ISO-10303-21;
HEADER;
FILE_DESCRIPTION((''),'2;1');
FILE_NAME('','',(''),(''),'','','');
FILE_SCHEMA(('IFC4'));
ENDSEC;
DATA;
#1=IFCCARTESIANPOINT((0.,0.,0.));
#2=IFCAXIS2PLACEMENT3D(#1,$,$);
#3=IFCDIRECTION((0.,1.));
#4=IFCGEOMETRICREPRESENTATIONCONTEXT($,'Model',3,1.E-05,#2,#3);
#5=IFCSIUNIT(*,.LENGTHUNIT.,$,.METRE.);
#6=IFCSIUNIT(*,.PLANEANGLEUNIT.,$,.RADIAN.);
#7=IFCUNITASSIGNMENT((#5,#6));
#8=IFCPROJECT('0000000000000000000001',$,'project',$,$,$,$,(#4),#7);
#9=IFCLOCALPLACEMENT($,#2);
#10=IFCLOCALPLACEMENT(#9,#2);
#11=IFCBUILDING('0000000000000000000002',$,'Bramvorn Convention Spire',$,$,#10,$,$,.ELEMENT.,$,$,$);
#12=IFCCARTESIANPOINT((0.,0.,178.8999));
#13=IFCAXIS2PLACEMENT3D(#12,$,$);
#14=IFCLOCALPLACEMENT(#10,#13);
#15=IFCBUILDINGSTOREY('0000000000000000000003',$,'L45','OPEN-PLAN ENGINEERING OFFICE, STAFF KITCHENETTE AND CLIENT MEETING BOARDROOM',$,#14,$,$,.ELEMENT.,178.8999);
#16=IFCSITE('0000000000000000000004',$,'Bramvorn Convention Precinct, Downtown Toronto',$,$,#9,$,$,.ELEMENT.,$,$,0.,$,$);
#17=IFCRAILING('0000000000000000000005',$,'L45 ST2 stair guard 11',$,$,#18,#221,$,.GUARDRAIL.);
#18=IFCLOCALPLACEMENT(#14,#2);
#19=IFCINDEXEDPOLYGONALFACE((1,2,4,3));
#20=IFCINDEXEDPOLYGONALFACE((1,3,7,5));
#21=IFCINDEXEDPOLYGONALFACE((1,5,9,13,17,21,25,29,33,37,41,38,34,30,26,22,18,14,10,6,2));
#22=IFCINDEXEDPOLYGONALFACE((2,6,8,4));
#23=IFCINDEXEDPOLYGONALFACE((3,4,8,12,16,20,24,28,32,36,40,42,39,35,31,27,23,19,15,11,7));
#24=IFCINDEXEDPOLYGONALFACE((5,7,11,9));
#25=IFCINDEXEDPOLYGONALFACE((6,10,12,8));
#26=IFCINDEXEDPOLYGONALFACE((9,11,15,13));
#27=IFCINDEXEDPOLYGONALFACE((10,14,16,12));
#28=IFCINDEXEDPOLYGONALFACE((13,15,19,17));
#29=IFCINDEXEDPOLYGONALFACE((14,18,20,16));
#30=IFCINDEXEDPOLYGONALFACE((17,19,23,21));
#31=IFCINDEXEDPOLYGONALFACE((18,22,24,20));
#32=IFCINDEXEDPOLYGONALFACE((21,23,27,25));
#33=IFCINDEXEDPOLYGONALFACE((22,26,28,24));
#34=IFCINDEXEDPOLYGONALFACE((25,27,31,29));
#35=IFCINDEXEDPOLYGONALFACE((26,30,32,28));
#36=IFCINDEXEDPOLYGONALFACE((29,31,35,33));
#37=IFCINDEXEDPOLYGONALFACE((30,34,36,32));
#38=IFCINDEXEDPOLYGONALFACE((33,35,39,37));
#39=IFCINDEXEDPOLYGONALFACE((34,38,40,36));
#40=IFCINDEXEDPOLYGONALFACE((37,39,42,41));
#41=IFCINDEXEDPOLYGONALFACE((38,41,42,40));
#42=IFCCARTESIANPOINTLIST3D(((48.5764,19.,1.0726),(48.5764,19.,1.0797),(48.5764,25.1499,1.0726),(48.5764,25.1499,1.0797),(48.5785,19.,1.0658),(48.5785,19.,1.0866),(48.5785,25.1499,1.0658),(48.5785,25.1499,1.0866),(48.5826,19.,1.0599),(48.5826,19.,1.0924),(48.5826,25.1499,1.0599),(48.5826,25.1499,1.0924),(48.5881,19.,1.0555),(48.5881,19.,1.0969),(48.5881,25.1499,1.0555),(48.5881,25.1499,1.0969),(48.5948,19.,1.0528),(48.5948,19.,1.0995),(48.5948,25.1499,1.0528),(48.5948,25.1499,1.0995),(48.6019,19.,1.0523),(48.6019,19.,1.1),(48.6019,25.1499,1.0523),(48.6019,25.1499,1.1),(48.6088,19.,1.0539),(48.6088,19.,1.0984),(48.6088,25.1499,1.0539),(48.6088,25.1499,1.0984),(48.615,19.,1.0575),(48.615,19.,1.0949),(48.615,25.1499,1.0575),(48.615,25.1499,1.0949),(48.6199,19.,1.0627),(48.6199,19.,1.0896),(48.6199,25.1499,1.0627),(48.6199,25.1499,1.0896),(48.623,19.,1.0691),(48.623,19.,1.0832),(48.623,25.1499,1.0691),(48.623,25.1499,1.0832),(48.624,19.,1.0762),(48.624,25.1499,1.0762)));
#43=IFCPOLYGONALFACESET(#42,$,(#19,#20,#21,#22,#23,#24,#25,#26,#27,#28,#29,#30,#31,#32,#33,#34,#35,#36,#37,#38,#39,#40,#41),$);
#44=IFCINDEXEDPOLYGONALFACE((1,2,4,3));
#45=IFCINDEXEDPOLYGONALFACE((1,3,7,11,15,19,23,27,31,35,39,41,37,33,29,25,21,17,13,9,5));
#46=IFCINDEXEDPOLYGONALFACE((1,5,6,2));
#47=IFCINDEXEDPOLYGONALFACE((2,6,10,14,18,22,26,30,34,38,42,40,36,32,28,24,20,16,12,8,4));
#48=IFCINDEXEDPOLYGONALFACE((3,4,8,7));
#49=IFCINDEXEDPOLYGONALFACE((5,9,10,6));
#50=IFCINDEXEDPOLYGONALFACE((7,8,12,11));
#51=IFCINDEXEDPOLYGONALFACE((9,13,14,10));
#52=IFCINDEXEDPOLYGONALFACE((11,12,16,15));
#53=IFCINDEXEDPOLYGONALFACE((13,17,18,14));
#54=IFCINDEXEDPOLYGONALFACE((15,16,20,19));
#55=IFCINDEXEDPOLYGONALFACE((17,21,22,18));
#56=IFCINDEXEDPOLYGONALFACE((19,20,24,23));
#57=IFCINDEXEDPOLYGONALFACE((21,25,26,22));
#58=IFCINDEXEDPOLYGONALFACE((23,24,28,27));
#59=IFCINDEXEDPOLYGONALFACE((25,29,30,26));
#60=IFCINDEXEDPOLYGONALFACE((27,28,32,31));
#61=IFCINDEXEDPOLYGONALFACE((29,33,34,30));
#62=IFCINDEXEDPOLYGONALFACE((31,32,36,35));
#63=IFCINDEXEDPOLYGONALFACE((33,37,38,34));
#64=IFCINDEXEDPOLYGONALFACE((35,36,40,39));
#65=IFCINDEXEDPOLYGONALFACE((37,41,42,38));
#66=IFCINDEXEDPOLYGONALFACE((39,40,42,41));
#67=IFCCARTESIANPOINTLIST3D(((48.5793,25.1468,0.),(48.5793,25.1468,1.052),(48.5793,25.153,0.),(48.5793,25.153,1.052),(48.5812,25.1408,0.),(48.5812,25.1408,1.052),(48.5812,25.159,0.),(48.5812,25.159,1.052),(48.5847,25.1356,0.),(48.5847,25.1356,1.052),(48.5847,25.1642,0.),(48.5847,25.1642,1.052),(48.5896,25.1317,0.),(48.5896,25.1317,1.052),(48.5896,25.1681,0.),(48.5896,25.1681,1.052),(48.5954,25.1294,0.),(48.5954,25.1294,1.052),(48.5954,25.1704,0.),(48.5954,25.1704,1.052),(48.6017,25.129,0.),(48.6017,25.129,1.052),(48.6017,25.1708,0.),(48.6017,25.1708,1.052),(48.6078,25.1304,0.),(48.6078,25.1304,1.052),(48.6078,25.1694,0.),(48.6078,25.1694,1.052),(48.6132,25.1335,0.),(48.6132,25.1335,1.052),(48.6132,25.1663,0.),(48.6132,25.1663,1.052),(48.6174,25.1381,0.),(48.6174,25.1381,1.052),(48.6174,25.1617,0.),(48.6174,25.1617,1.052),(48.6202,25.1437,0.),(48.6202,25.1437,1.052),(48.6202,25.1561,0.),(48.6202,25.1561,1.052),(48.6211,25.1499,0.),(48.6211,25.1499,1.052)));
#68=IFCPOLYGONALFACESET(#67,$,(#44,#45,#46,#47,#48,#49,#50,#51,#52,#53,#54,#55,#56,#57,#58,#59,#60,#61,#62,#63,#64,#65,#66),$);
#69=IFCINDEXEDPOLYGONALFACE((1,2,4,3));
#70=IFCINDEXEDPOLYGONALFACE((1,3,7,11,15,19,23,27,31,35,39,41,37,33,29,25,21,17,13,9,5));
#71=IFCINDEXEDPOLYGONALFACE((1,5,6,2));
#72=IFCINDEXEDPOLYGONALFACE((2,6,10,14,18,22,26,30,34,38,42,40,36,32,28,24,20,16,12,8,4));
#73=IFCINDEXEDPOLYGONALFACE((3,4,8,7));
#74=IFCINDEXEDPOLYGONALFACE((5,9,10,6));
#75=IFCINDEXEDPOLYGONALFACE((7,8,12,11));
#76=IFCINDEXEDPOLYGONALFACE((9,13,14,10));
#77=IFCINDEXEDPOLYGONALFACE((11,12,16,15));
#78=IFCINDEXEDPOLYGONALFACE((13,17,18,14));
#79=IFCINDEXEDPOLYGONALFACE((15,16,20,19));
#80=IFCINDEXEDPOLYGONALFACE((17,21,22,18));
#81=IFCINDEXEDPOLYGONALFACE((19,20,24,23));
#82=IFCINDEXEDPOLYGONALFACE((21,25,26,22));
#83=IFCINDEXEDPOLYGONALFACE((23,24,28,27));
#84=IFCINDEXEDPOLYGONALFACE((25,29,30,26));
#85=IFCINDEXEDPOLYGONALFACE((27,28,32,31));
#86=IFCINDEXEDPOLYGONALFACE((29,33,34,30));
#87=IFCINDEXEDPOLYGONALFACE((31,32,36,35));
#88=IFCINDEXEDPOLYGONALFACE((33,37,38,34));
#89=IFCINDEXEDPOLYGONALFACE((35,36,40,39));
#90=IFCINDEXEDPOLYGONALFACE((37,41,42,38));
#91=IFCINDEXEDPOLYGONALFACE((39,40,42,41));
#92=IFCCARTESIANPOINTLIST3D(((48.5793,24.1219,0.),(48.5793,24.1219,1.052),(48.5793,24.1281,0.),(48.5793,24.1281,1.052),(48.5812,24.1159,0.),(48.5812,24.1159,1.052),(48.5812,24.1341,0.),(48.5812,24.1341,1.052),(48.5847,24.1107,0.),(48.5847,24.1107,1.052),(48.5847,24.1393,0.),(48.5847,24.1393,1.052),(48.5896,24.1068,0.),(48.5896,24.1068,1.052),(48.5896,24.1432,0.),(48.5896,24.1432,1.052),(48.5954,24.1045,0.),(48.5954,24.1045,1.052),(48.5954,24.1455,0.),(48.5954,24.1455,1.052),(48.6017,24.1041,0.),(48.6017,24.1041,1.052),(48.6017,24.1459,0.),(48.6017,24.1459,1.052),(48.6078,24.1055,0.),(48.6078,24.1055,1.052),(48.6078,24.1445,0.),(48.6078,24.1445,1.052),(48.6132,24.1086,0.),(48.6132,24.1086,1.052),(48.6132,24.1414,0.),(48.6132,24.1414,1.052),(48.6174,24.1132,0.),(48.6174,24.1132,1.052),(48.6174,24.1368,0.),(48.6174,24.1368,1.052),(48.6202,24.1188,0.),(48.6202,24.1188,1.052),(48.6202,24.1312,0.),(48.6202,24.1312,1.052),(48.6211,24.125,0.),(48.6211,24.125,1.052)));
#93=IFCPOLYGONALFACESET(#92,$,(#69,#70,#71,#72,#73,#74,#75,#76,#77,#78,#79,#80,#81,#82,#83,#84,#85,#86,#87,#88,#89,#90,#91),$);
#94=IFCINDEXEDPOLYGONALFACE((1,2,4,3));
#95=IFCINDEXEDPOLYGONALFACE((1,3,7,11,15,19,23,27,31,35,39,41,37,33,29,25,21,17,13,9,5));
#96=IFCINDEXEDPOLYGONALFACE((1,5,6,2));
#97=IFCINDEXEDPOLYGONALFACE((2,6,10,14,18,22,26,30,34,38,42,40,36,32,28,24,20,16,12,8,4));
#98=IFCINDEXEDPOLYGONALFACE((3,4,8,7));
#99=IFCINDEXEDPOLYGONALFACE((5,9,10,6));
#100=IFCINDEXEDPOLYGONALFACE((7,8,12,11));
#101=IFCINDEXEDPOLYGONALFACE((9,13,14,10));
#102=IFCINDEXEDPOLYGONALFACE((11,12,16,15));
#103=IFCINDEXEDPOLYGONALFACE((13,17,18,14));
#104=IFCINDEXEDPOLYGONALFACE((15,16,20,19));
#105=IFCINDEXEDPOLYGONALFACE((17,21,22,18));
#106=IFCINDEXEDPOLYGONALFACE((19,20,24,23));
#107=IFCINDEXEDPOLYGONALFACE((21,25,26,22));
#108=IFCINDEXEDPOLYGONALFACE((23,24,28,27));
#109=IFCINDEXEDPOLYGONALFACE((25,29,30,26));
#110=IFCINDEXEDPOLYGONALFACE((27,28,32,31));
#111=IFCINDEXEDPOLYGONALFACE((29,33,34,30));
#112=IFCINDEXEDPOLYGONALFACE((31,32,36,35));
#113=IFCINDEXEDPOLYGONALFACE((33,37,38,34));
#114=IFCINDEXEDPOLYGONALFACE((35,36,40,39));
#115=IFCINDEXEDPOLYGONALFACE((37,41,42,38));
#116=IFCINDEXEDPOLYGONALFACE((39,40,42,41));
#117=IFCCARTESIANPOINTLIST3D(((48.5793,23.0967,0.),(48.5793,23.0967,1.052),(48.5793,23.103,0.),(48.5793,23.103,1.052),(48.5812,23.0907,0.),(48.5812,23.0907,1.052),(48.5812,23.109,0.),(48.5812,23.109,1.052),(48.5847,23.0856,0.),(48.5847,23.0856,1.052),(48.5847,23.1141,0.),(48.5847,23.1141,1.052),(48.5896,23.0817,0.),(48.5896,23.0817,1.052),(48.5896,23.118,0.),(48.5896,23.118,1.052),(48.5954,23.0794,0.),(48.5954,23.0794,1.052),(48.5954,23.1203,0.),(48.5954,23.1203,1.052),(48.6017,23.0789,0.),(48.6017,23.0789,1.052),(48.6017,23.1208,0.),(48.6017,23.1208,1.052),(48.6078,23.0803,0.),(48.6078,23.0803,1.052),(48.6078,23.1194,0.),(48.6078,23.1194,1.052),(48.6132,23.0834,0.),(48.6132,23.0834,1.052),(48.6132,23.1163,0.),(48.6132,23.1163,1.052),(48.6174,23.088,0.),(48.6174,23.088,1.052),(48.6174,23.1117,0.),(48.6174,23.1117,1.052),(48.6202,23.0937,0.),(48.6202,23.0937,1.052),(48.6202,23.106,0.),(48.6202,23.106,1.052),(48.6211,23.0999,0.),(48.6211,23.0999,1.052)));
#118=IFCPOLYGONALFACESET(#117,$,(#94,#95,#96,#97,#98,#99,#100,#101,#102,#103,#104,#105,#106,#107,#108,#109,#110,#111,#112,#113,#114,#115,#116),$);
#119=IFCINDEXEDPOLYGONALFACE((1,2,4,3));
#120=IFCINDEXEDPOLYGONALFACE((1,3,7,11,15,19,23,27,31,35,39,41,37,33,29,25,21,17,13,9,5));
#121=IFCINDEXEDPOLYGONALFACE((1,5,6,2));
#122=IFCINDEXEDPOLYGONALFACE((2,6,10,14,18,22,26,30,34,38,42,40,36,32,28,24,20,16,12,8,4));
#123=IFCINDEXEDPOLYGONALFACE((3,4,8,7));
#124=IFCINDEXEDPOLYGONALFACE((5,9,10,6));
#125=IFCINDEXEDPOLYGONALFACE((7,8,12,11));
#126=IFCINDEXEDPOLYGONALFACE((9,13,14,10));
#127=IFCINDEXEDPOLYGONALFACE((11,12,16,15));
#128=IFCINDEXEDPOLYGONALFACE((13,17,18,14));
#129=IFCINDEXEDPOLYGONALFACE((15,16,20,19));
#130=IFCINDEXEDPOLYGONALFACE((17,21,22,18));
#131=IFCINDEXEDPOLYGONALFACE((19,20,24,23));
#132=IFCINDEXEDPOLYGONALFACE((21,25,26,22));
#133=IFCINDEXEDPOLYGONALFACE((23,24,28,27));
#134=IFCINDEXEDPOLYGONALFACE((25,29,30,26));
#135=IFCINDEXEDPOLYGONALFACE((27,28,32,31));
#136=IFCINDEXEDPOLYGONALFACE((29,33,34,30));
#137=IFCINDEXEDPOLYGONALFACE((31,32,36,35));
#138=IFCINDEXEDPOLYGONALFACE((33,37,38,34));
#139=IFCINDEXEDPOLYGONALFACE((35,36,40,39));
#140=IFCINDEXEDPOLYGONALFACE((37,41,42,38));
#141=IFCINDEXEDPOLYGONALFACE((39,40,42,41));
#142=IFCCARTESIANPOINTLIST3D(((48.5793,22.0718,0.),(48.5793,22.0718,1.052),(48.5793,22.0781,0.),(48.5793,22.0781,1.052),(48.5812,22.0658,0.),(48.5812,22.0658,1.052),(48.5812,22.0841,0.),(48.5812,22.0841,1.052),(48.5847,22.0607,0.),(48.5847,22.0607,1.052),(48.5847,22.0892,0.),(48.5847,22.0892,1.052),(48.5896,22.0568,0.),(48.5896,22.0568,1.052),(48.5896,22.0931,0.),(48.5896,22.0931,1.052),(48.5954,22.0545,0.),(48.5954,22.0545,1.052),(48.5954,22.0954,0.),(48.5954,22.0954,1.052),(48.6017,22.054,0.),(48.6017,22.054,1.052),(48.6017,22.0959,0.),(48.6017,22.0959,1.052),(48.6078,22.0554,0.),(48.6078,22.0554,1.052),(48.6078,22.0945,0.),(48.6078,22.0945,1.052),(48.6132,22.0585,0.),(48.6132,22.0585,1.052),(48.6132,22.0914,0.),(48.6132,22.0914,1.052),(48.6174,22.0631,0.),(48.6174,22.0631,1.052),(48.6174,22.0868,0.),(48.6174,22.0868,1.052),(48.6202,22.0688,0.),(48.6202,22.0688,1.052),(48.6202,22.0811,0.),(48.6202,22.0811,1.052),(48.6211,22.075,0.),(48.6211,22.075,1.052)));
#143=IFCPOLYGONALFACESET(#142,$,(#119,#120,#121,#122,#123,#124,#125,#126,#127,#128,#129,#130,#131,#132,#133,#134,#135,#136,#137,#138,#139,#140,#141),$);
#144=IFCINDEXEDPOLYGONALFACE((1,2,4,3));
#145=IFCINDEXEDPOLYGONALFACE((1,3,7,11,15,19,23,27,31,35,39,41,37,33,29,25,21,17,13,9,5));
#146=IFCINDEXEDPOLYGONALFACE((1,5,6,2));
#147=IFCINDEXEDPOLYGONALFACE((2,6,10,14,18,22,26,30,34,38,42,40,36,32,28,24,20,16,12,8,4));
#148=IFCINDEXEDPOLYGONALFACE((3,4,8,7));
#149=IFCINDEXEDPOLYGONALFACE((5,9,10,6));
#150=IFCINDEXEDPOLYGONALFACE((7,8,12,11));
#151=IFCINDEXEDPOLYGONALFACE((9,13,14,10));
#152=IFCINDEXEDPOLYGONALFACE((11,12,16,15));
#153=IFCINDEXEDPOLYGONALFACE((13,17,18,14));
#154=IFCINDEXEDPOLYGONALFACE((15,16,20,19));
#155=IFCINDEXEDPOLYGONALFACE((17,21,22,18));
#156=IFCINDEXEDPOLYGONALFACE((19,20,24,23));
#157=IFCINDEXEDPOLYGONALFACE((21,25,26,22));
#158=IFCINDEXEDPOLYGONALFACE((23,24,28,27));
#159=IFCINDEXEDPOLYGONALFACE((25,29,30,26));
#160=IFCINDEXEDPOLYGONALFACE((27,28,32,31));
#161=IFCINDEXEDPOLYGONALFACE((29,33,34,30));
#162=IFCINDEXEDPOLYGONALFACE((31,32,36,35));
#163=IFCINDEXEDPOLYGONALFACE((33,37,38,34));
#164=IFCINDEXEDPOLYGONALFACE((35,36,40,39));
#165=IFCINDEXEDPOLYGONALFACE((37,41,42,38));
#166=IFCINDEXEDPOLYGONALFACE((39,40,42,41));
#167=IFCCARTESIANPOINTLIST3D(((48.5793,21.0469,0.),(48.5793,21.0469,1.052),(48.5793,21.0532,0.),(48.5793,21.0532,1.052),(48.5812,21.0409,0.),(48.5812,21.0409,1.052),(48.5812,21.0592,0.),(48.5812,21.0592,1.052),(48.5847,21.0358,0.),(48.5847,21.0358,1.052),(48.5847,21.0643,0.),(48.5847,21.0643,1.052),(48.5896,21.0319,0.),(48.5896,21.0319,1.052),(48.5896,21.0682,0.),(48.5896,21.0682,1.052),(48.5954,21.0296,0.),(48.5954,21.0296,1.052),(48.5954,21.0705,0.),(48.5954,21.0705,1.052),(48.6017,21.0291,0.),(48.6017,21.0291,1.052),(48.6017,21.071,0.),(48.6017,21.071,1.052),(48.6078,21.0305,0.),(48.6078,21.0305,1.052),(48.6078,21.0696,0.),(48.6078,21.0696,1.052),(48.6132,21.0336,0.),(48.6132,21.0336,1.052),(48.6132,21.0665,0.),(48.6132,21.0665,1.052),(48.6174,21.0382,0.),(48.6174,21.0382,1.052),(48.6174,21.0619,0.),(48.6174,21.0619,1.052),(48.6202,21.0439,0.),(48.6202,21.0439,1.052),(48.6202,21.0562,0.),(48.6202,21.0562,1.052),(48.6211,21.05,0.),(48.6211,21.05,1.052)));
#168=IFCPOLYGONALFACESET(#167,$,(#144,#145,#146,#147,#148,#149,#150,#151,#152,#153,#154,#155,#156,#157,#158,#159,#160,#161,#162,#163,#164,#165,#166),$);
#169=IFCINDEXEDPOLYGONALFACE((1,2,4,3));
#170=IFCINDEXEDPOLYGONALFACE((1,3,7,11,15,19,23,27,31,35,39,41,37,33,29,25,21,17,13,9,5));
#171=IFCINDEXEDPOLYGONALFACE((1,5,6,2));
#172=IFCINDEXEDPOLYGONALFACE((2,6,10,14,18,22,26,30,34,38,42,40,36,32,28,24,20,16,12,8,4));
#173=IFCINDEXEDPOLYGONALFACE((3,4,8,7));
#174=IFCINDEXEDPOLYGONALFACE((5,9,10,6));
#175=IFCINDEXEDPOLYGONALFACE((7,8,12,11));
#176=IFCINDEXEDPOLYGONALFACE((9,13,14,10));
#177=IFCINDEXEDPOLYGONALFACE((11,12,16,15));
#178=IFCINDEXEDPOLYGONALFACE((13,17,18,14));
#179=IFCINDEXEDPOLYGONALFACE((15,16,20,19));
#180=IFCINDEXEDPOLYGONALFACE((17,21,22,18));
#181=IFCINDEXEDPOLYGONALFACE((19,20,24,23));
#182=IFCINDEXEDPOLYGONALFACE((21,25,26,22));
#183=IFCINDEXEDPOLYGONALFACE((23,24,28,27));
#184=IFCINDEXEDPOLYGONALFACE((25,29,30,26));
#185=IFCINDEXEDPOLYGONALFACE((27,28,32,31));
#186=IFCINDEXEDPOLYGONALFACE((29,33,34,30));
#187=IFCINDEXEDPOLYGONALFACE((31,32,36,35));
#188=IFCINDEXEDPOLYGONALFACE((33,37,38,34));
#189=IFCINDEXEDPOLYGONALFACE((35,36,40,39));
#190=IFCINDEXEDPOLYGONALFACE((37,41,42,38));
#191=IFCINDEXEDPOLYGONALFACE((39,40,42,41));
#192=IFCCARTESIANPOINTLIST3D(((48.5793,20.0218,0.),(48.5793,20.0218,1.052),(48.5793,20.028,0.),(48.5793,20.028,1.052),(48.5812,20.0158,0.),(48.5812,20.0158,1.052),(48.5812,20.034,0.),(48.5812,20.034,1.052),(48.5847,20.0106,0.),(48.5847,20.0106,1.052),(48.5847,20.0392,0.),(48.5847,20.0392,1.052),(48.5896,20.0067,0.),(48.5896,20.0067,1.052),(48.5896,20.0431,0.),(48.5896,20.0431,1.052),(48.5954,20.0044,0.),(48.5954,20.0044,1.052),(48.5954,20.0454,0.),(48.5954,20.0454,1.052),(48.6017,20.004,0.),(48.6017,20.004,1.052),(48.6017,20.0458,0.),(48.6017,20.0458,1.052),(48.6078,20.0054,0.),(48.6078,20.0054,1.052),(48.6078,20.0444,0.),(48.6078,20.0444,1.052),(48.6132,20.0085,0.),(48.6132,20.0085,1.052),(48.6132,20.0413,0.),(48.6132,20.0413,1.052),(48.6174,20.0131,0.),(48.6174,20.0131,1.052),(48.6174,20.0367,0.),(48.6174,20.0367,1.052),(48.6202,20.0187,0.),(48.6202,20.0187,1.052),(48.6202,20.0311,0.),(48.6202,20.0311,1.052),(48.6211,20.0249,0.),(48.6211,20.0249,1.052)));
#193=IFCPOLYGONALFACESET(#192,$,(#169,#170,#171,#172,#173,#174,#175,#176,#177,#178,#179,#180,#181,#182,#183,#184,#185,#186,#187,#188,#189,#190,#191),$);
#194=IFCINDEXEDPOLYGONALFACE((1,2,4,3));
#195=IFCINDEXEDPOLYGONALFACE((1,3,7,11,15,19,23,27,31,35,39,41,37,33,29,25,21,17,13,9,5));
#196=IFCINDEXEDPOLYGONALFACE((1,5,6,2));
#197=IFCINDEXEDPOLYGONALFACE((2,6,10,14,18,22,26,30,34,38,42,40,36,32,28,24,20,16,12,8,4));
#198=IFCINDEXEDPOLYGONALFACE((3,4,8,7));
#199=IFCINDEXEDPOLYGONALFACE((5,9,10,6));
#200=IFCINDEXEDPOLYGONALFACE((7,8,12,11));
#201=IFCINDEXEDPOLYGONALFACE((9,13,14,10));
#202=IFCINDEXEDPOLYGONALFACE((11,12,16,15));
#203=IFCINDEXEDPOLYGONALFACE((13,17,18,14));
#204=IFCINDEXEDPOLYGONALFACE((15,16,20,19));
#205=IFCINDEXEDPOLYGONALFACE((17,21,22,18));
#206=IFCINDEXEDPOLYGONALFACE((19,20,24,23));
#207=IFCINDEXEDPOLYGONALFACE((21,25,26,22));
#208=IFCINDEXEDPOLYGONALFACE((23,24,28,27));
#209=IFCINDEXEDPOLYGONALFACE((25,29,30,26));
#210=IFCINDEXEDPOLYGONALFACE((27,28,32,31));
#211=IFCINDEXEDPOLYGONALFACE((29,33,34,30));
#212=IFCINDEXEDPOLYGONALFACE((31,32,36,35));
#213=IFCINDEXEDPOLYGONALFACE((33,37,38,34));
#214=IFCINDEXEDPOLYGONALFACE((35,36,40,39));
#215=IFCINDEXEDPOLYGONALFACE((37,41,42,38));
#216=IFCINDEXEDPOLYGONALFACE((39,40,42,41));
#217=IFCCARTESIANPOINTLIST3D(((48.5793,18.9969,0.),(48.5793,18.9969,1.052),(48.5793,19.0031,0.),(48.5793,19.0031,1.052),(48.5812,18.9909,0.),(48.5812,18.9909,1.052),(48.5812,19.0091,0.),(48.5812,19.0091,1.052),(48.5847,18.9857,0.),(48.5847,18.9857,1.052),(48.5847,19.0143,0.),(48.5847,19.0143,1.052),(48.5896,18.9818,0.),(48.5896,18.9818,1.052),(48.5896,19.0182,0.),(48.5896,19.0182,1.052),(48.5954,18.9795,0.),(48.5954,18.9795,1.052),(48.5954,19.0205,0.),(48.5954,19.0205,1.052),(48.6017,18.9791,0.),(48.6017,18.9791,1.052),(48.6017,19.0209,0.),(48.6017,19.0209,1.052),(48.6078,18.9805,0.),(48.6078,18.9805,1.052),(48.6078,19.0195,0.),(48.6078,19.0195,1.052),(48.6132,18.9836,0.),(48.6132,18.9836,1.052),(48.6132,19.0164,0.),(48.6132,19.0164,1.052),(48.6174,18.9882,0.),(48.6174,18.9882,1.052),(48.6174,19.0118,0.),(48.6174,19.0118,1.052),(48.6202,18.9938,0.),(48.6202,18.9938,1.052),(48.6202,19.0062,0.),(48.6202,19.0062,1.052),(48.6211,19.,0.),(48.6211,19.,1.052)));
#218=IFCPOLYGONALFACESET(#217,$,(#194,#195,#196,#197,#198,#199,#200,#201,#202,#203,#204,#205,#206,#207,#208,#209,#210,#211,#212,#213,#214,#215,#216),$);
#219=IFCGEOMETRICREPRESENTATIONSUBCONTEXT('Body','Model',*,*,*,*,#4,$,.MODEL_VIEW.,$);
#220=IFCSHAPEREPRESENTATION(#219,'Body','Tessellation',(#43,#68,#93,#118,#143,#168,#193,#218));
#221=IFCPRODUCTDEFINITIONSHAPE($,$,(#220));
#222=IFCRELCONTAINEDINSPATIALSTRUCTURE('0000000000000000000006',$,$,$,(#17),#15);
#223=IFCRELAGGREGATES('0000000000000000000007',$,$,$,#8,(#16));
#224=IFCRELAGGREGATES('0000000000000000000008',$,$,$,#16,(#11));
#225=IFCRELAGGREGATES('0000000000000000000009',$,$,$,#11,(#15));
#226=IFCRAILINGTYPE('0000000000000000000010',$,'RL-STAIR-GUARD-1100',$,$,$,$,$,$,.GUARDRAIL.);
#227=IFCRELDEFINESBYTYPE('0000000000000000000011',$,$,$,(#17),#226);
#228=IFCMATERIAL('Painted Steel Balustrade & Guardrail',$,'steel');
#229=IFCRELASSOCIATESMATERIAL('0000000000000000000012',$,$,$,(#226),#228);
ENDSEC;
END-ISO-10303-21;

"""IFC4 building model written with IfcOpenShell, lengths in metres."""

from ifc_helpers import new_model, si_unit, direction, frame, origin, origin_2d, place, context, subcontext, project, spatial, circle, extrude, material, type_object, element, save


model = new_model("IFC4")

# Units and contexts
model_context = context("Model", 3, precision=1e-05, world=origin(), true_north=direction((0.0, 1.0)))
body_context = subcontext(model_context, "Body", "Model", "MODEL_VIEW")
ifc_project = project(units=[si_unit("LENGTHUNIT", "METRE"), si_unit("PLANEANGLEUNIT", "RADIAN")], contexts=[model_context])

# Site, building, storey
site_placement = place(None, origin())
site = spatial("IfcSite", under=ifc_project, at=site_placement, Name="Bramvorn Convention Precinct, Downtown Toronto", CompositionType="ELEMENT", RefElevation=0.0)
building_placement = place(site_placement, origin())
building = spatial("IfcBuilding", under=site, at=building_placement, Name="Bramvorn Convention Spire", CompositionType="ELEMENT")
storey_placement = place(building_placement, frame((0.0, 0.0, 178.8999)))
storey = spatial("IfcBuildingStorey", under=building, at=storey_placement, Name="L45", Description="OPEN-PLAN ENGINEERING OFFICE, STAFF KITCHENETTE AND CLIENT MEETING BOARDROOM", CompositionType="ELEMENT", Elevation=178.8999)

# Railing
ifc_material_1 = material(Name="Painted Steel Balustrade & Guardrail", Category="steel")
railing_type_1 = type_object("IfcRailingType", Name="RL-STAIR-GUARD-1100", PredefinedType="GUARDRAIL", material=ifc_material_1)
railing_1_placement = place(storey_placement, frame((48.6001, 25.1499, 0.0)))
element("IfcRailing", 1, at=railing_1_placement, inside=storey, type_object=railing_type_1, Name="L45 ST2 stair guard 11", PredefinedType="GUARDRAIL", context=body_context, shape_type="SweptSolid", body=[
    extrude(circle(Radius=0.0239, at=origin_2d()), frame((0.0, 0.0, 1.0762), z_axis=(0.0, -1.0, 0.0), x_axis=(1.0, 0.0, 0.0)), (0.0, 0.0, 1.0), 6.1499),
    extrude(circle(Radius=0.021, at=origin_2d()), origin(), (0.0, 0.0, 1.0), 1.052),
    extrude(circle(Radius=0.021, at=origin_2d()), frame((0.0, -1.0249, 0.0)), (0.0, 0.0, 1.0), 1.052),
    extrude(circle(Radius=0.021, at=origin_2d()), frame((0.0, -2.05, 0.0)), (0.0, 0.0, 1.0), 1.052),
    extrude(circle(Radius=0.021, at=origin_2d()), frame((0.0, -3.075, 0.0)), (0.0, 0.0, 1.0), 1.052),
    extrude(circle(Radius=0.021, at=origin_2d()), frame((0.0, -4.0999, 0.0)), (0.0, 0.0, 1.0), 1.052),
    extrude(circle(Radius=0.021, at=origin_2d()), frame((0.0, -5.125, 0.0)), (0.0, 0.0, 1.0), 1.052),
    extrude(circle(Radius=0.021, at=origin_2d()), frame((0.0, -6.1499, 0.0)), (0.0, 0.0, 1.0), 1.052),
])

save(model, "model.ifc")
